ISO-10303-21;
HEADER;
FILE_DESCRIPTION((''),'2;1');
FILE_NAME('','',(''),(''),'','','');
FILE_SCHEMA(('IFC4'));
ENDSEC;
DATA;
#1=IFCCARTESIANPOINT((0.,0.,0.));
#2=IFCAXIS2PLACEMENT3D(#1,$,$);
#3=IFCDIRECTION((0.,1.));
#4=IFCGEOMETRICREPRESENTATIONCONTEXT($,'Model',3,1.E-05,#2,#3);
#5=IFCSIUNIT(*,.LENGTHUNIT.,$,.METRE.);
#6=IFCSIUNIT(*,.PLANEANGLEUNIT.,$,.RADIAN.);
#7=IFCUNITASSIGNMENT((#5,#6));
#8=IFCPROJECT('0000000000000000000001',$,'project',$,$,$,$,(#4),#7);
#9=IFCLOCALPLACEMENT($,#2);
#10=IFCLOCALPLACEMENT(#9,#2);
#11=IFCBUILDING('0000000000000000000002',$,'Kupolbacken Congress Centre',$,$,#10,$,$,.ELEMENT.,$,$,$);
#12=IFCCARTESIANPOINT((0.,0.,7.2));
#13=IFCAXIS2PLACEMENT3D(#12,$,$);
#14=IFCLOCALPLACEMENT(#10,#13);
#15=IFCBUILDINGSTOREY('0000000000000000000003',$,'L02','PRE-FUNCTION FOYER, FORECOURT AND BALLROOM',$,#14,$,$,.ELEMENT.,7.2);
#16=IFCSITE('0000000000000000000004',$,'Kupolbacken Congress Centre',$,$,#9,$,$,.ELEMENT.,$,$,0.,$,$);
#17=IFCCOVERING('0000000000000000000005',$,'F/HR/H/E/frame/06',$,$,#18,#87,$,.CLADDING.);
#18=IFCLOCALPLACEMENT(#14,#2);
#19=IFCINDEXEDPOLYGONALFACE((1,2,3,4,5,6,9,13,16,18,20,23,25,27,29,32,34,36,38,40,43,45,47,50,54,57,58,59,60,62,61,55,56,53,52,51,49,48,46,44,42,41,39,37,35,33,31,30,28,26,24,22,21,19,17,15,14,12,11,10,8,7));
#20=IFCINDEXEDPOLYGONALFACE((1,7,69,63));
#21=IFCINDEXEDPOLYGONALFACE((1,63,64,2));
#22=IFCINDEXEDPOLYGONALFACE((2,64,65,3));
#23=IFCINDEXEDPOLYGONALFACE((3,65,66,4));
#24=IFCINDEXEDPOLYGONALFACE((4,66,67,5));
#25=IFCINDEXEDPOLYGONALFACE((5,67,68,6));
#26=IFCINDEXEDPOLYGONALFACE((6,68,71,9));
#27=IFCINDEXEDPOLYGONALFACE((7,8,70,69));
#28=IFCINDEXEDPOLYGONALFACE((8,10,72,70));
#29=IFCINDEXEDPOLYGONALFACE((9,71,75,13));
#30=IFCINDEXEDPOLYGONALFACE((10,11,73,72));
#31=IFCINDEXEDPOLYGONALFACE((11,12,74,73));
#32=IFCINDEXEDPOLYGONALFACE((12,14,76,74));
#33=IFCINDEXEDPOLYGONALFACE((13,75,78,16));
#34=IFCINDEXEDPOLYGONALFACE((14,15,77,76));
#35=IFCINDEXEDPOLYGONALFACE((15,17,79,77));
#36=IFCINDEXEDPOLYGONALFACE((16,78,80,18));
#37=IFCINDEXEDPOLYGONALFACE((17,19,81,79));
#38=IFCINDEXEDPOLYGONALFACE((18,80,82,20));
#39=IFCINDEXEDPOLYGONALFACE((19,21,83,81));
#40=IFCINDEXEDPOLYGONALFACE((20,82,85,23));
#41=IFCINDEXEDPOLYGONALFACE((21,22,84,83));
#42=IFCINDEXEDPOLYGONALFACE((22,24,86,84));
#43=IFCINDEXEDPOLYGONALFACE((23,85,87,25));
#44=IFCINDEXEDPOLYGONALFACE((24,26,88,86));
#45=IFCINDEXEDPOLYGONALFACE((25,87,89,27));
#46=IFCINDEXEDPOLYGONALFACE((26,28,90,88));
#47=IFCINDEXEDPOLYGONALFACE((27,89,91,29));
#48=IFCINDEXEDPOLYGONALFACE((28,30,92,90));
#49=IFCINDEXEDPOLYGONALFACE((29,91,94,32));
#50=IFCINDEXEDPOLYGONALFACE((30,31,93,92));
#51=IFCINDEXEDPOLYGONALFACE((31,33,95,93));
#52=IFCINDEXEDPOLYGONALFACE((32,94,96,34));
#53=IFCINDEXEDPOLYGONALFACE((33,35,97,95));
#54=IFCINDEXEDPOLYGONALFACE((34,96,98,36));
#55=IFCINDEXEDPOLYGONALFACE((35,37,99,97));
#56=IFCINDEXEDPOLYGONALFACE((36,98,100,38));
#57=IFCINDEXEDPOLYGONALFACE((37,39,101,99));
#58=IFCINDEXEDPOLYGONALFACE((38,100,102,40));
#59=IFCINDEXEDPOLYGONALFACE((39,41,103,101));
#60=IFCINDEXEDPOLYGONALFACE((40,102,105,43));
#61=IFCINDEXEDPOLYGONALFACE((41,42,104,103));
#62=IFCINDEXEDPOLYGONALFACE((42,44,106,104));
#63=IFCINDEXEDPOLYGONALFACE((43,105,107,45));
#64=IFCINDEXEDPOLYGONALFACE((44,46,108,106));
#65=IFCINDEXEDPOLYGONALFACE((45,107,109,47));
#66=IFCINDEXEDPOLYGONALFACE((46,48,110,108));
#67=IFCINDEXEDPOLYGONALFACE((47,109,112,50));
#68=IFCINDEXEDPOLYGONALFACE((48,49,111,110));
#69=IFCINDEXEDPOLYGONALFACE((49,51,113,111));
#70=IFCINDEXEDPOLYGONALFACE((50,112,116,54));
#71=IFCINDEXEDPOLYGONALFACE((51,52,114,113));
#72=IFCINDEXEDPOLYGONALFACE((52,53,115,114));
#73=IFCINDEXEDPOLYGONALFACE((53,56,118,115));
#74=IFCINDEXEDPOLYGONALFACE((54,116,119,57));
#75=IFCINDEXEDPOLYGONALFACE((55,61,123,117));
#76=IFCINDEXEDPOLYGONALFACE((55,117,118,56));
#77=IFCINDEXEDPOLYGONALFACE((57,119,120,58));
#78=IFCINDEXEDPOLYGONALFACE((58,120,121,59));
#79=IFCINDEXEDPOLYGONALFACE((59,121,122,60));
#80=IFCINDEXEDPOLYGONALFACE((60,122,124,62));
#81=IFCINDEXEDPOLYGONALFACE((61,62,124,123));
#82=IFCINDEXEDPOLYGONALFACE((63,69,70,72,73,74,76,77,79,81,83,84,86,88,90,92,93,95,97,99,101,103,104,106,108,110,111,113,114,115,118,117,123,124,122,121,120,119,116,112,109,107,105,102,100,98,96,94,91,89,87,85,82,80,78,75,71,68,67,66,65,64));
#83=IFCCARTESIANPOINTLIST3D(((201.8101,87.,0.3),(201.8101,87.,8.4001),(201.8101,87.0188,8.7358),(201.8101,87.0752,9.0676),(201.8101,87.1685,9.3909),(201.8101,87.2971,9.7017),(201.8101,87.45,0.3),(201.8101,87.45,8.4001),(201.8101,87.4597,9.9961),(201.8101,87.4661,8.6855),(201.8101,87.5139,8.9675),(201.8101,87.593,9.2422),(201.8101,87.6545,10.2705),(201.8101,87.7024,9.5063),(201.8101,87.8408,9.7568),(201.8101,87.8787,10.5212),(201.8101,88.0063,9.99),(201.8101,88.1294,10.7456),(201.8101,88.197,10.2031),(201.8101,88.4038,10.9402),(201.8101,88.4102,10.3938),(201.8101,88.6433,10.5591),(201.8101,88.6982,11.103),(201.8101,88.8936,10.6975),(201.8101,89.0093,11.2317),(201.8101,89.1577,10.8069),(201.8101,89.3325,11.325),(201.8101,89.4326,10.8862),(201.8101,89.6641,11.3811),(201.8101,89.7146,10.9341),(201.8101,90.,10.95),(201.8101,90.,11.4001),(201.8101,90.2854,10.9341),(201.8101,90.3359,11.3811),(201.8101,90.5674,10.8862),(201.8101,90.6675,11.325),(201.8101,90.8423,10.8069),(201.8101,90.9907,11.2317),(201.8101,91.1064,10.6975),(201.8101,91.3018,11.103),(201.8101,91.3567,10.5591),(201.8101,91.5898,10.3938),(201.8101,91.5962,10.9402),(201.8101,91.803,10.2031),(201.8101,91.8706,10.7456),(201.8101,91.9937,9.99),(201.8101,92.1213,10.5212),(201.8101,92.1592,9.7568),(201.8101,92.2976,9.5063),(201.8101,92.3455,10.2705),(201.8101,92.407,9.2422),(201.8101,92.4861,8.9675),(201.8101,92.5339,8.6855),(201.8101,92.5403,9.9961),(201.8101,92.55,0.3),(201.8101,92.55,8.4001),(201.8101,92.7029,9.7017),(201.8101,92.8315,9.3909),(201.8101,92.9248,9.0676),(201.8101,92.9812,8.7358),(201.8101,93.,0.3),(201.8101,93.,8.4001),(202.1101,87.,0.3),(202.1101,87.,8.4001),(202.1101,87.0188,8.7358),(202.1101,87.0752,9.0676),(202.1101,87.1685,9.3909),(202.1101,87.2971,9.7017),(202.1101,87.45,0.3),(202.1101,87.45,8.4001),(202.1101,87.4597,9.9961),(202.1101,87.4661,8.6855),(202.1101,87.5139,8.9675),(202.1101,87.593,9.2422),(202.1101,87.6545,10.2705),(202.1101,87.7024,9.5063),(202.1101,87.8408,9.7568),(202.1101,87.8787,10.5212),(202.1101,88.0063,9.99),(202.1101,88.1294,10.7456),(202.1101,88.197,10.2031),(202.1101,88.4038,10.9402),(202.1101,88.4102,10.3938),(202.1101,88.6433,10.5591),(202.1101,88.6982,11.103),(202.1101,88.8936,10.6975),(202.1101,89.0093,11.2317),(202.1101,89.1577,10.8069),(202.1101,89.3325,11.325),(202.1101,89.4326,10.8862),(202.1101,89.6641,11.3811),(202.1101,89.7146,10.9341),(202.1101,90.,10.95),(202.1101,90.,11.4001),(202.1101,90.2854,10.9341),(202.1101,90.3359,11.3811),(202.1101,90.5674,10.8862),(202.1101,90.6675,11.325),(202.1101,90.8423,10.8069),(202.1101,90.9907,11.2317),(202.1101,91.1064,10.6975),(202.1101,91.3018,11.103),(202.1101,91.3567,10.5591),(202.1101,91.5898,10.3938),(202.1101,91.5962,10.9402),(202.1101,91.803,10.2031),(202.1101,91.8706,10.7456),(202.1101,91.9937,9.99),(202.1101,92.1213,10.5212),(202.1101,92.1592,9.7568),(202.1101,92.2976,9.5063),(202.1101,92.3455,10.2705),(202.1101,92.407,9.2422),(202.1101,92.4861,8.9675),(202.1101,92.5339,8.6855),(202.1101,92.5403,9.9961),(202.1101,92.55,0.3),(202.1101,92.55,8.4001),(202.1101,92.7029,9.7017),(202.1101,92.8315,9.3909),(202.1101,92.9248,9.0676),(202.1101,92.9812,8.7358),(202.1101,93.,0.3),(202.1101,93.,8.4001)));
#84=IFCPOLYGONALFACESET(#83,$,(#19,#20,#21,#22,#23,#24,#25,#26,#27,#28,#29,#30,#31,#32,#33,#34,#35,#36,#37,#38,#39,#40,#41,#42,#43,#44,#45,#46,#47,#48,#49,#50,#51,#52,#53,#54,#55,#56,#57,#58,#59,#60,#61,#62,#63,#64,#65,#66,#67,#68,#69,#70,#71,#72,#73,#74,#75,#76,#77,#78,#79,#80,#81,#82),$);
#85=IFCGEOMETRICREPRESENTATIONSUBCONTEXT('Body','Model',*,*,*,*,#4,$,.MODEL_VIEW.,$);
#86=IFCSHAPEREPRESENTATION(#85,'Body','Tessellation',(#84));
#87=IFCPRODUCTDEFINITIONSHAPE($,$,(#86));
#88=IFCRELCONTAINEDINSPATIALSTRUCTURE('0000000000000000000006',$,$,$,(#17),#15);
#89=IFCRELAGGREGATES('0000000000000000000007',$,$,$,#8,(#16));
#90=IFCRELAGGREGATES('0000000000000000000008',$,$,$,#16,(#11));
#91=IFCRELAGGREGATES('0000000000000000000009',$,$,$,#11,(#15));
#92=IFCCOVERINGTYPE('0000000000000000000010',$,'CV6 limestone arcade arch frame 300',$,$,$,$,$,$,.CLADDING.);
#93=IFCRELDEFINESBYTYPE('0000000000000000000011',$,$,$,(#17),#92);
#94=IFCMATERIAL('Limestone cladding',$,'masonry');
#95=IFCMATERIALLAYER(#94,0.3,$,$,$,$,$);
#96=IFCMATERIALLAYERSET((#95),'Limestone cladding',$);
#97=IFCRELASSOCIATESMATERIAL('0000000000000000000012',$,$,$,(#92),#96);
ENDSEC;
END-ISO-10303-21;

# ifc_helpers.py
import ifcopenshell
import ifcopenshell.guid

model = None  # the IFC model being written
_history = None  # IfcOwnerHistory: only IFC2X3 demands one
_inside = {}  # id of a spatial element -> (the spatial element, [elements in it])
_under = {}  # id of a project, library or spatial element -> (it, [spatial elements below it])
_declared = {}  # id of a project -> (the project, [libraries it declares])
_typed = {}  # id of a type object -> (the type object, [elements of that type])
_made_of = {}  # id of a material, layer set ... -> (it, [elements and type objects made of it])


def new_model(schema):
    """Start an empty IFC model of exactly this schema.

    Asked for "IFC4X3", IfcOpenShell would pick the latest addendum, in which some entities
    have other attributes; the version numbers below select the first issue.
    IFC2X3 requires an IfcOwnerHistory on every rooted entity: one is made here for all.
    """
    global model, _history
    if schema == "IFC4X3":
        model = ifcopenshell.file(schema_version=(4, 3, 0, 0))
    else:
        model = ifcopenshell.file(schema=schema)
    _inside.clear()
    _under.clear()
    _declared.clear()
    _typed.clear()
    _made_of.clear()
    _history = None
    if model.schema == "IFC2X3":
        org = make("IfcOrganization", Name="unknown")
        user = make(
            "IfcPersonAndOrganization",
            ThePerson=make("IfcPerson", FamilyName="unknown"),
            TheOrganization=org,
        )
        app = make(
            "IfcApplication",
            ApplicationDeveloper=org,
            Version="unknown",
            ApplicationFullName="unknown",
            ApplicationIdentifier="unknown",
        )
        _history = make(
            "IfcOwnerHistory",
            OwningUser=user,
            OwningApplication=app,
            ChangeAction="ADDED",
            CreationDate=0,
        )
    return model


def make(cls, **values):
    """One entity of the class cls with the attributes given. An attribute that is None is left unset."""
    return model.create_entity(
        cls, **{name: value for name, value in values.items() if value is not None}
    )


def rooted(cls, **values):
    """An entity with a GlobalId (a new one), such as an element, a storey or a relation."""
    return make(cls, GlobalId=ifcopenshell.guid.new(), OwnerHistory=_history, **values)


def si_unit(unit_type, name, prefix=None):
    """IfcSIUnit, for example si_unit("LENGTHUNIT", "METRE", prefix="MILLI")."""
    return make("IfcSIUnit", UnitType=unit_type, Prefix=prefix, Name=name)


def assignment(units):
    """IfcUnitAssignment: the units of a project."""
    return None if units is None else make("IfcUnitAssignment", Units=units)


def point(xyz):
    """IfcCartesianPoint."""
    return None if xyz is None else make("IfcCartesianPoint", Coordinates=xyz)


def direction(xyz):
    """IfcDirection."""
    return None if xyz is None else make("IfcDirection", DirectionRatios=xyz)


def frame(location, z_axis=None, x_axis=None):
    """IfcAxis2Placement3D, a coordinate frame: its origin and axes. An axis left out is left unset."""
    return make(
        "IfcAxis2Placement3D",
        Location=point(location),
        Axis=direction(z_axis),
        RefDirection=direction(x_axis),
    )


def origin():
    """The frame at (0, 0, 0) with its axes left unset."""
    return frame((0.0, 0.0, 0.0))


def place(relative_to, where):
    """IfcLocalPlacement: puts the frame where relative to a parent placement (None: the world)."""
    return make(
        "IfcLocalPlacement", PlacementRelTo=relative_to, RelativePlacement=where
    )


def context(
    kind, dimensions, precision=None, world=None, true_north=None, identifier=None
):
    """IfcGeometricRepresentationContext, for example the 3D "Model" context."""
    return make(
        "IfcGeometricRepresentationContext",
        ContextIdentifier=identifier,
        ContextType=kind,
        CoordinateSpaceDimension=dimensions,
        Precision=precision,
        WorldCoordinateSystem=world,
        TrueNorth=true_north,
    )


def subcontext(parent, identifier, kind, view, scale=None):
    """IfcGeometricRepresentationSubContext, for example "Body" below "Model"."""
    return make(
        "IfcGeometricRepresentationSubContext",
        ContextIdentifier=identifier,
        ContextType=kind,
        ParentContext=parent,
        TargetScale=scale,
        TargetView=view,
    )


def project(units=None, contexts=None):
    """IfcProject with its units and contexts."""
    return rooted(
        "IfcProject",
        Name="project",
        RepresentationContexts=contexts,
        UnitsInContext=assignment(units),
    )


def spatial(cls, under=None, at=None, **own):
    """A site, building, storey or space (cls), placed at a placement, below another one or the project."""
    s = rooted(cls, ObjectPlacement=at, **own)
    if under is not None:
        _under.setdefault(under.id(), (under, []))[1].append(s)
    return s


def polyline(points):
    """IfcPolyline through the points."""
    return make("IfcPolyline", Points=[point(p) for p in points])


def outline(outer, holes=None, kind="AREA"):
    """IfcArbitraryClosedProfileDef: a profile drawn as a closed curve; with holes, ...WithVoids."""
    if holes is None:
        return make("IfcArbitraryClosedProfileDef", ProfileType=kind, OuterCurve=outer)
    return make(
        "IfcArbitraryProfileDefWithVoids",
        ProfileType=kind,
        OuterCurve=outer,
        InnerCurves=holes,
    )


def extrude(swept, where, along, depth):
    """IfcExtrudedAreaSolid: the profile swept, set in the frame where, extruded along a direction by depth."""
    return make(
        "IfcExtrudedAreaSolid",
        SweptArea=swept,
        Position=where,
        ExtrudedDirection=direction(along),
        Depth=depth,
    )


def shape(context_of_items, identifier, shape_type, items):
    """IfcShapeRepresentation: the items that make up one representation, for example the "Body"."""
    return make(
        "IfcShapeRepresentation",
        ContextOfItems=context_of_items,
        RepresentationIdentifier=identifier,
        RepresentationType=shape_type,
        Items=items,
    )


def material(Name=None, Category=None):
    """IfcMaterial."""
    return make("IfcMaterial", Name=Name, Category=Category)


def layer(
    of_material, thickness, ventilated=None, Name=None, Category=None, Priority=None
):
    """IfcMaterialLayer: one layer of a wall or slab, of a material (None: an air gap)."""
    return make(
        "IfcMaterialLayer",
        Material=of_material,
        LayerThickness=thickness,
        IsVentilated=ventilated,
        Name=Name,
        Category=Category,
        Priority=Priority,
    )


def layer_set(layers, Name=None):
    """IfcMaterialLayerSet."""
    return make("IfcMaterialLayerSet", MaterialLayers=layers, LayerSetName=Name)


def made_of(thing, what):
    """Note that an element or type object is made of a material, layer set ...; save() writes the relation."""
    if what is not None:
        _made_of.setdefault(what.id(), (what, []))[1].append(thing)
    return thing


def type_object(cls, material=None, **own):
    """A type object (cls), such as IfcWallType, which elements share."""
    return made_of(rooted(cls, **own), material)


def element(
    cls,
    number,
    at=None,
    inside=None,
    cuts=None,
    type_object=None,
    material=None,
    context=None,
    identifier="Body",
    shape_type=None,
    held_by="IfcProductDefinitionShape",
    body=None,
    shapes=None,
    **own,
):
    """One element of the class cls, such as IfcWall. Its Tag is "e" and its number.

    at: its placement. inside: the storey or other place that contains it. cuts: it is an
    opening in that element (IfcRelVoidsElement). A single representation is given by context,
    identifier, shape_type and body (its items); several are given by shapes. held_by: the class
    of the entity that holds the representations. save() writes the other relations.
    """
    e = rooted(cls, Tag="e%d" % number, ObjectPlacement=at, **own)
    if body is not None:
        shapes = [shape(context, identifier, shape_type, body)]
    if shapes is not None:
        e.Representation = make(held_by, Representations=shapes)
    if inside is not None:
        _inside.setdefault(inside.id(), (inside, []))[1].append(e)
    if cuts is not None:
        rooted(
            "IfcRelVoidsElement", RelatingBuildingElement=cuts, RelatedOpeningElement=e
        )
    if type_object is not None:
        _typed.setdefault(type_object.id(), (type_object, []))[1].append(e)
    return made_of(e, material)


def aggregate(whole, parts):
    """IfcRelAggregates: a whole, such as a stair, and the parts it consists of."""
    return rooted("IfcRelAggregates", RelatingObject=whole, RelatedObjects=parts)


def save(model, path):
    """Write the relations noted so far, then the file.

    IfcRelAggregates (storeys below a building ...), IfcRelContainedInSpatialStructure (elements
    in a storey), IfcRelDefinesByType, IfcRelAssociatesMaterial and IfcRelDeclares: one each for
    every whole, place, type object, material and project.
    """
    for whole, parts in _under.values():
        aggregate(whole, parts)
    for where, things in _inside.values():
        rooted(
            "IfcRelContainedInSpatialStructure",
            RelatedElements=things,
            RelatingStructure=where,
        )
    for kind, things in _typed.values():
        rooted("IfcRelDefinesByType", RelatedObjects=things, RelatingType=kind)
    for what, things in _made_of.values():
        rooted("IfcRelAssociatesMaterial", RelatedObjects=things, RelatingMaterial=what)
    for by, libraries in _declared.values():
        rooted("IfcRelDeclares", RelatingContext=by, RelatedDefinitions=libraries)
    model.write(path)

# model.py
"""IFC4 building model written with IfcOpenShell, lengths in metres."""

from ifc_helpers import new_model, si_unit, direction, frame, origin, place, context, subcontext, project, spatial, polyline, outline, extrude, material, layer, layer_set, type_object, element, save


model = new_model("IFC4")

# Units and contexts
model_context = context("Model", 3, precision=1e-05, world=origin(), true_north=direction((0.0, 1.0)))
body_context = subcontext(model_context, "Body", "Model", "MODEL_VIEW")
ifc_project = project(units=[si_unit("LENGTHUNIT", "METRE"), si_unit("PLANEANGLEUNIT", "RADIAN")], contexts=[model_context])

# Site, building, storey
site_placement = place(None, origin())
site = spatial("IfcSite", under=ifc_project, at=site_placement, Name="Kupolbacken Congress Centre", CompositionType="ELEMENT", RefElevation=0.0)
building_placement = place(site_placement, origin())
building = spatial("IfcBuilding", under=site, at=building_placement, Name="Kupolbacken Congress Centre", CompositionType="ELEMENT")
storey_placement = place(building_placement, frame((0.0, 0.0, 7.2)))
storey = spatial("IfcBuildingStorey", under=building, at=storey_placement, Name="L02", Description="PRE-FUNCTION FOYER, FORECOURT AND BALLROOM", CompositionType="ELEMENT", Elevation=7.2)

# Covering
ifc_material_1 = material(Name="Limestone cladding", Category="masonry")
ifc_layer_1 = layer(ifc_material_1, 0.3)
ifc_layer_set_1 = layer_set([ifc_layer_1], Name="Limestone cladding")
covering_type_1 = type_object("IfcCoveringType", Name="CV6 limestone arcade arch frame 300", PredefinedType="CLADDING", material=ifc_layer_set_1)
covering_1_placement = place(storey_placement, frame((201.8101, 87.0, 0.3), z_axis=(1.0, 0.0, 0.0), x_axis=(0.0, 1.0, 0.0)))
element("IfcCovering", 1, at=covering_1_placement, inside=storey, type_object=covering_type_1, Name="F/HR/H/E/frame/06", PredefinedType="CLADDING", context=body_context, shape_type="SweptSolid", body=[
    extrude(outline(polyline([(0.0, 0.0), (0.0, 8.1001), (0.0188, 8.4358), (0.0752, 8.7676), (0.1685, 9.0908), (0.2971, 9.4016), (0.4597, 9.696), (0.6545, 9.9705), (0.8787, 10.2212), (1.1294, 10.4456), (1.4038, 10.6401), (1.6982, 10.803), (2.0093, 10.9316), (2.3325, 11.0249), (2.6641, 11.0811), (3.0, 11.1001), (3.3359, 11.0811), (3.6675, 11.0249), (3.9907, 10.9316), (4.3018, 10.803), (4.5962, 10.6401), (4.8706, 10.4456), (5.1213, 10.2212), (5.3455, 9.9705), (5.5403, 9.696), (5.7029, 9.4016), (5.8315, 9.0908), (5.9248, 8.7676), (5.9812, 8.4358), (6.0, 8.1001), (6.0, 0.0), (5.55, 0.0), (5.55, 8.1001), (5.5339, 8.3855), (5.4861, 8.6675), (5.407, 8.9421), (5.2976, 9.2063), (5.1592, 9.4568), (4.9937, 9.6899), (4.803, 9.9031), (4.5898, 10.0938), (4.3567, 10.259), (4.1064, 10.3975), (3.8423, 10.5068), (3.5674, 10.5862), (3.2854, 10.634), (3.0, 10.6499), (2.7146, 10.634), (2.4326, 10.5862), (2.1577, 10.5068), (1.8936, 10.3975), (1.6433, 10.259), (1.4102, 10.0938), (1.197, 9.9031), (1.0063, 9.6899), (0.8408, 9.4568), (0.7024, 9.2063), (0.593, 8.9421), (0.5139, 8.6675), (0.4661, 8.3855), (0.45, 8.1001), (0.45, 0.0), (0.0, 0.0)])), origin(), (0.0, 0.0, 1.0), 0.3),
])

save(model, "model.ifc")
